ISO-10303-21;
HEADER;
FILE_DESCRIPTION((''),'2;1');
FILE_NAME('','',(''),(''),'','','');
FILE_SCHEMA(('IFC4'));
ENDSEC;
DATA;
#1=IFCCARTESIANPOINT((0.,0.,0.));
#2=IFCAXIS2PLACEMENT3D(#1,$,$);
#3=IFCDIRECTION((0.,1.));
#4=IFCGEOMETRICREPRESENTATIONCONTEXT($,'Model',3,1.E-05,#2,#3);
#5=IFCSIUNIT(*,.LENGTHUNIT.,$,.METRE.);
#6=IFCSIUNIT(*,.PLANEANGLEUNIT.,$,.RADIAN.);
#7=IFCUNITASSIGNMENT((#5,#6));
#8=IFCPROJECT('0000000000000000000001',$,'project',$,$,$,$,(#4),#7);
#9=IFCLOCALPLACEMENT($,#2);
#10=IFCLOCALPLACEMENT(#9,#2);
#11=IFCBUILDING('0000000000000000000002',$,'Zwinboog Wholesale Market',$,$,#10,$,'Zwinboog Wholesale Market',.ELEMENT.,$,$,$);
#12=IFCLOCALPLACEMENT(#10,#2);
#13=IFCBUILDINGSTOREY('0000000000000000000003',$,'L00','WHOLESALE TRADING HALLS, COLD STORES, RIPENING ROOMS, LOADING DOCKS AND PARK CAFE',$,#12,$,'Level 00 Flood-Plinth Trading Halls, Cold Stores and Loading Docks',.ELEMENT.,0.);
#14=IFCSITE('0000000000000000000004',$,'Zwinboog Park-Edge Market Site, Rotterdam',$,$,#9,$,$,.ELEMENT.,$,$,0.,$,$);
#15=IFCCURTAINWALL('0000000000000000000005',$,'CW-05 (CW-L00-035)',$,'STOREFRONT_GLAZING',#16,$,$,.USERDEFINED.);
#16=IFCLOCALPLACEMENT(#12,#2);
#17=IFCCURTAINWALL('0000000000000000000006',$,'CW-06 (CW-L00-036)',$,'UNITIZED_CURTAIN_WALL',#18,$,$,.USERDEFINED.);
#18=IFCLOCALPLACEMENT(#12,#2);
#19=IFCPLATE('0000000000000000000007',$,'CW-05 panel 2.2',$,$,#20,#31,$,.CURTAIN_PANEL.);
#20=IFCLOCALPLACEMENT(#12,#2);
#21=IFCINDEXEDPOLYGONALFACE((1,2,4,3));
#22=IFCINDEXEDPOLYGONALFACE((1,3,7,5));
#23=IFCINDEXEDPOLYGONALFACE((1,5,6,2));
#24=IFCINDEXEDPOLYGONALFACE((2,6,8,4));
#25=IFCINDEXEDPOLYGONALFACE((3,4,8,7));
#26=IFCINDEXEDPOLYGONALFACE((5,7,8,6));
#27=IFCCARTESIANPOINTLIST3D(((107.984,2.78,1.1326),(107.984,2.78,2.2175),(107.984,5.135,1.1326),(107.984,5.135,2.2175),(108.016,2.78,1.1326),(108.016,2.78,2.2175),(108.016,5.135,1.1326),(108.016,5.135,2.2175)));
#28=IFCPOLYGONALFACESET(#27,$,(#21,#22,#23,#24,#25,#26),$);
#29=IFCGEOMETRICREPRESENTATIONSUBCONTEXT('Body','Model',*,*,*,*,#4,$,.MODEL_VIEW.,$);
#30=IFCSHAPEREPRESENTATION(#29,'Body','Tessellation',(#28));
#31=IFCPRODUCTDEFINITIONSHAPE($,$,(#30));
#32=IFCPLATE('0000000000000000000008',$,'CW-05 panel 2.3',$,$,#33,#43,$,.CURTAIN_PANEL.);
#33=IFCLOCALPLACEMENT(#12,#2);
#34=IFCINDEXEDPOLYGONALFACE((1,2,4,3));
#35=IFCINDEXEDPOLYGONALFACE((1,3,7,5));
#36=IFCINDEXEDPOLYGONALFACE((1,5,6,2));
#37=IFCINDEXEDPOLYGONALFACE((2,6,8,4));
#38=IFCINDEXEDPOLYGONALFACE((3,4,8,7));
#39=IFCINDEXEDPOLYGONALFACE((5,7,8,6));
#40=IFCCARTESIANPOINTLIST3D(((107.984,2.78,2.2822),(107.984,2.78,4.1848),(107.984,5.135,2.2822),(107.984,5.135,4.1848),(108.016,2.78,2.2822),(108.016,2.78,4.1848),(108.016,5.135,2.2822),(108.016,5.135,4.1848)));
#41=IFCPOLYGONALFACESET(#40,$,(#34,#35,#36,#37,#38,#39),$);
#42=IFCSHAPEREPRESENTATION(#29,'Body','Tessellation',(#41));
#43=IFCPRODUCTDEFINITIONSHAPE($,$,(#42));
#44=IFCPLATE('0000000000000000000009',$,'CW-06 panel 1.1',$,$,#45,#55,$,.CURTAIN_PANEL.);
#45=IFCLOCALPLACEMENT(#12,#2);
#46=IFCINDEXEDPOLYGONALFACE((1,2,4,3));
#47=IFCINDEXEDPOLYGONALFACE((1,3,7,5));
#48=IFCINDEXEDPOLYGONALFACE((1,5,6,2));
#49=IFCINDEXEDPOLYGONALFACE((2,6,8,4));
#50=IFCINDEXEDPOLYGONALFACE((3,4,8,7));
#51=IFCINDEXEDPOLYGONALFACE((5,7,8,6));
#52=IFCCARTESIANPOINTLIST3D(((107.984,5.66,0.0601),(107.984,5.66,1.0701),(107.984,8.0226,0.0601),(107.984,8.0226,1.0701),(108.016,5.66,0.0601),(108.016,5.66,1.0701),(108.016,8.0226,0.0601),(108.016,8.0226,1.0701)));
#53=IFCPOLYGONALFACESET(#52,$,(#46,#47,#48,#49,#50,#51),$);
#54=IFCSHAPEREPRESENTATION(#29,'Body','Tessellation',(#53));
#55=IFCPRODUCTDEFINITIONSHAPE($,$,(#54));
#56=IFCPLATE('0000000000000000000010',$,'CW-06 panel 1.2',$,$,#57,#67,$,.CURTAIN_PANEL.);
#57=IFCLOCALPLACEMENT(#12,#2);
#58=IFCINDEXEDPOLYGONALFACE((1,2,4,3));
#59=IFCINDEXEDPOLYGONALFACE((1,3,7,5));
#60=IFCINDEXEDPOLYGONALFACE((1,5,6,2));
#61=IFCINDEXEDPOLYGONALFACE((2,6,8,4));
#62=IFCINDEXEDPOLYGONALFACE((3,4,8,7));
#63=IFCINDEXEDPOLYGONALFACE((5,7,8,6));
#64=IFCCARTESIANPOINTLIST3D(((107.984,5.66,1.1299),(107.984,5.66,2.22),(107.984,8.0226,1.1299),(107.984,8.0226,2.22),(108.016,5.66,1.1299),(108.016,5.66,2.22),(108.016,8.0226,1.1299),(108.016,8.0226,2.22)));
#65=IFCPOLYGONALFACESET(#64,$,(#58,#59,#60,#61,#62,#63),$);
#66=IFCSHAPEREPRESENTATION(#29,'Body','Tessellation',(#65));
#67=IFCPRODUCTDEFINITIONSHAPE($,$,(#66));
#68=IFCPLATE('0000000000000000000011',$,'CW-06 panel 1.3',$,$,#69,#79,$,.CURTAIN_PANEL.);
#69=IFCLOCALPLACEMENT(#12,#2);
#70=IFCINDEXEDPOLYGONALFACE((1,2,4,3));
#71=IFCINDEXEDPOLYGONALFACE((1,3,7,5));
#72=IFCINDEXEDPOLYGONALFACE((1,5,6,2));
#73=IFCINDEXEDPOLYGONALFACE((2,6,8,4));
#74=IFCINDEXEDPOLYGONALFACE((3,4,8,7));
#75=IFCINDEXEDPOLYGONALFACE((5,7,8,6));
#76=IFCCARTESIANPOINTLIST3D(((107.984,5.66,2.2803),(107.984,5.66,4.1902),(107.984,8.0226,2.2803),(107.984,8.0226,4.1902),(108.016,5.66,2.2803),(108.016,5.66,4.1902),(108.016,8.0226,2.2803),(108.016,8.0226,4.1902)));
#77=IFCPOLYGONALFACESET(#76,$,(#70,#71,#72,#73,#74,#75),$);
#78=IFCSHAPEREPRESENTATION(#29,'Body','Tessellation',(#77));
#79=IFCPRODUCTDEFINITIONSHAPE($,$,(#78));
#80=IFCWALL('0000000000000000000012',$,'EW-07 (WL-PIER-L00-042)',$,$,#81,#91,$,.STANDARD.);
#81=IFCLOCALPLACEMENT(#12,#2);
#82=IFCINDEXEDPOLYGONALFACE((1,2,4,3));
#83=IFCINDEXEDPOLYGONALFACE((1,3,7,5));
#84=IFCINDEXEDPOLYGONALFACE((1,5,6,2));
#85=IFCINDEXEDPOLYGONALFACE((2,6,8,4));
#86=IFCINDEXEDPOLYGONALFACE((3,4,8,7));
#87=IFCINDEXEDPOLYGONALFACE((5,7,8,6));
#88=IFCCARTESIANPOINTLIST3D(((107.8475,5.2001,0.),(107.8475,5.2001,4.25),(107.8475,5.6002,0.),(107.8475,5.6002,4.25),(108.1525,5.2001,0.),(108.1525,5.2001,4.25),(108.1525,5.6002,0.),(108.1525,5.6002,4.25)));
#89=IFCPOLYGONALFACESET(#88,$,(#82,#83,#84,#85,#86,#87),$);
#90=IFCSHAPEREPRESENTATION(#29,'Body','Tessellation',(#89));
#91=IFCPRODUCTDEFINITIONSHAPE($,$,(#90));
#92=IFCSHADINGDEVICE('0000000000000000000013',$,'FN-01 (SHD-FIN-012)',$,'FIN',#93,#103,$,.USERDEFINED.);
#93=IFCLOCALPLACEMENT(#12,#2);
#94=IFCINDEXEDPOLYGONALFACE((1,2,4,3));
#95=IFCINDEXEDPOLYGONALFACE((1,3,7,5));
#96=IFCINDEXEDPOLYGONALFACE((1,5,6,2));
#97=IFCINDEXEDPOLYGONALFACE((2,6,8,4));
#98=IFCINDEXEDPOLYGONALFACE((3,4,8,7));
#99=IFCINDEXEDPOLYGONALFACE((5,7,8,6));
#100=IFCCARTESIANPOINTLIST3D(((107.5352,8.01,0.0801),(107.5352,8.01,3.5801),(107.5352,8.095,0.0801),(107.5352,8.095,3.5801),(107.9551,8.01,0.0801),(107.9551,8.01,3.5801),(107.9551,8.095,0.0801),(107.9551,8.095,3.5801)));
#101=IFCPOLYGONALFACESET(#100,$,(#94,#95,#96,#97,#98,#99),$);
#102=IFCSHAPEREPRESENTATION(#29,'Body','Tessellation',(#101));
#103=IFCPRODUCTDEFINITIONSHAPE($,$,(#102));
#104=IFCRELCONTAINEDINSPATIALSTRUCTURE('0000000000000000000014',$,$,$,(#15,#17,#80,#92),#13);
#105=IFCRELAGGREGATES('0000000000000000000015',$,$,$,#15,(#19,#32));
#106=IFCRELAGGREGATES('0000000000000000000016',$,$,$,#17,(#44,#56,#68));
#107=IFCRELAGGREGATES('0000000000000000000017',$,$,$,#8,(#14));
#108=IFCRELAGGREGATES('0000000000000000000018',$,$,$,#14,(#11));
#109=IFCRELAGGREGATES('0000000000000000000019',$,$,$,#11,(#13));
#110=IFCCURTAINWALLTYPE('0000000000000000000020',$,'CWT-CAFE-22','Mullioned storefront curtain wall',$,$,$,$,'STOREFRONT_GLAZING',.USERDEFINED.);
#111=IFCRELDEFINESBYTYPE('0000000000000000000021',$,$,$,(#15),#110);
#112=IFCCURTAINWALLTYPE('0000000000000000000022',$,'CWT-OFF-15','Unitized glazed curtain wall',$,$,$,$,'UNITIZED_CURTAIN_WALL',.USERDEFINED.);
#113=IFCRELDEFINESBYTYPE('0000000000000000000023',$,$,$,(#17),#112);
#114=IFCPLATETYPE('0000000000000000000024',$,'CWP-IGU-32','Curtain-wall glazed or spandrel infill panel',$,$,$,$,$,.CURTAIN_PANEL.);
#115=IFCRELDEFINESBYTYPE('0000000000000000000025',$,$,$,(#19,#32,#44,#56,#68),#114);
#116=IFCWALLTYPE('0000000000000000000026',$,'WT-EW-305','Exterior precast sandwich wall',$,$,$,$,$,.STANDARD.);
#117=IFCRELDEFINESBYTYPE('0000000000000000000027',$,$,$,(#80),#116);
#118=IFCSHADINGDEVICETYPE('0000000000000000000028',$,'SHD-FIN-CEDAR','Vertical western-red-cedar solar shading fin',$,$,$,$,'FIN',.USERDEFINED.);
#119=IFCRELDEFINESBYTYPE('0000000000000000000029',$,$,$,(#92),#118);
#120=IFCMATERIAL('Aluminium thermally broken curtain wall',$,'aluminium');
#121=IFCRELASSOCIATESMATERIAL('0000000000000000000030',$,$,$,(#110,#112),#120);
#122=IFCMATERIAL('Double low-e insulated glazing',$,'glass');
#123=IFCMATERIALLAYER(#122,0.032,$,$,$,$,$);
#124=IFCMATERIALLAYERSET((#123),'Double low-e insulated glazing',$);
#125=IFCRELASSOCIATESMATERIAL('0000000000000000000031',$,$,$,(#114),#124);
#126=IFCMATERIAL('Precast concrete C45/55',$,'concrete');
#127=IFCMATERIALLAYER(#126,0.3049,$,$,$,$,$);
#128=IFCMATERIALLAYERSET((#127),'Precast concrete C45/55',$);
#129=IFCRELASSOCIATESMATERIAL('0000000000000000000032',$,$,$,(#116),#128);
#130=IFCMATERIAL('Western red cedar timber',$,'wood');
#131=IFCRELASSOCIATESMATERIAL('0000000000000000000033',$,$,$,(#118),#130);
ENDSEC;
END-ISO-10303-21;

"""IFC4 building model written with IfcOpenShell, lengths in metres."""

from ifc_helpers import new_model, si_unit, direction, frame, frame_2d, origin, origin_2d, place, context, subcontext, project, spatial, rectangle, extrude, material, layer, layer_set, type_object, element, aggregate, save


model = new_model("IFC4")

# Units and contexts
model_context = context("Model", 3, precision=1e-05, world=origin(), true_north=direction((0.0, 1.0)))
body_context = subcontext(model_context, "Body", "Model", "MODEL_VIEW")
ifc_project = project(units=[si_unit("LENGTHUNIT", "METRE"), si_unit("PLANEANGLEUNIT", "RADIAN")], contexts=[model_context])

# Site, building, storey
site_placement = place(None, origin())
site = spatial("IfcSite", under=ifc_project, at=site_placement, Name="Zwinboog Park-Edge Market Site, Rotterdam", CompositionType="ELEMENT", RefElevation=0.0)
building_placement = place(site_placement, origin())
building = spatial("IfcBuilding", under=site, at=building_placement, Name="Zwinboog Wholesale Market", LongName="Zwinboog Wholesale Market", CompositionType="ELEMENT")
storey_placement = place(building_placement, origin())
storey = spatial("IfcBuildingStorey", under=building, at=storey_placement, Name="L00", Description="WHOLESALE TRADING HALLS, COLD STORES, RIPENING ROOMS, LOADING DOCKS AND PARK CAFE", LongName="Level 00 Flood-Plinth Trading Halls, Cold Stores and Loading Docks", CompositionType="ELEMENT", Elevation=0.0)

# Curtain wall
ifc_material_1 = material(Name="Aluminium thermally broken curtain wall", Category="aluminium")
curtain_wall_type_1 = type_object("IfcCurtainWallType", Name="CWT-CAFE-22", Description="Mullioned storefront curtain wall", ElementType="STOREFRONT_GLAZING", PredefinedType="USERDEFINED", material=ifc_material_1)
curtain_wall_1_placement = place(storey_placement, origin())
curtain_wall_1 = element("IfcCurtainWall", 1, at=curtain_wall_1_placement, inside=storey, type_object=curtain_wall_type_1, Name="CW-05 (CW-L00-035)", ObjectType="STOREFRONT_GLAZING", PredefinedType="USERDEFINED")

# Curtain wall
curtain_wall_type_2 = type_object("IfcCurtainWallType", Name="CWT-OFF-15", Description="Unitized glazed curtain wall", ElementType="UNITIZED_CURTAIN_WALL", PredefinedType="USERDEFINED", material=ifc_material_1)
curtain_wall_2_placement = place(storey_placement, origin())
curtain_wall_2 = element("IfcCurtainWall", 2, at=curtain_wall_2_placement, inside=storey, type_object=curtain_wall_type_2, Name="CW-06 (CW-L00-036)", ObjectType="UNITIZED_CURTAIN_WALL", PredefinedType="USERDEFINED")

# Plates
ifc_material_2 = material(Name="Double low-e insulated glazing", Category="glass")
ifc_layer_1 = layer(ifc_material_2, 0.032)
ifc_layer_set_1 = layer_set([ifc_layer_1], Name="Double low-e insulated glazing")
plate_type = type_object("IfcPlateType", Name="CWP-IGU-32", Description="Curtain-wall glazed or spandrel infill panel", PredefinedType="CURTAIN_PANEL", material=ifc_layer_set_1)
plate_1_placement = place(storey_placement, frame((108.0, 3.9575, 1.1326), z_axis=(0.0, 0.0, 1.0), x_axis=(0.0, 1.0, 0.0)))
plate_1 = element("IfcPlate", 3, at=plate_1_placement, type_object=plate_type, Name="CW-05 panel 2.2", PredefinedType="CURTAIN_PANEL", context=body_context, shape_type="SweptSolid", body=[
    extrude(rectangle(XDim=2.355, YDim=0.032, at=origin_2d()), origin(), (0.0, 0.0, 1.0), 1.085),
])
plate_2_placement = place(storey_placement, frame((108.0, 3.9575, 2.2822), z_axis=(0.0, 0.0, 1.0), x_axis=(0.0, 1.0, 0.0)))
plate_2 = element("IfcPlate", 4, at=plate_2_placement, type_object=plate_type, Name="CW-05 panel 2.3", PredefinedType="CURTAIN_PANEL", context=body_context, shape_type="SweptSolid", body=[
    extrude(rectangle(XDim=2.355, YDim=0.032, at=origin_2d()), origin(), (0.0, 0.0, 1.0), 1.9026),
])
aggregate(curtain_wall_1, [plate_1, plate_2])
plate_3_placement = place(storey_placement, frame((108.0, 6.8413, 0.0601), z_axis=(0.0, 0.0, 1.0), x_axis=(0.0, 1.0, 0.0)))
plate_3 = element("IfcPlate", 5, at=plate_3_placement, type_object=plate_type, Name="CW-06 panel 1.1", PredefinedType="CURTAIN_PANEL", context=body_context, shape_type="SweptSolid", body=[
    extrude(rectangle(XDim=2.3625, YDim=0.032, at=origin_2d()), origin(), (0.0, 0.0, 1.0), 1.01),
])
plate_4_placement = place(storey_placement, frame((108.0, 6.8413, 1.1299), z_axis=(0.0, 0.0, 1.0), x_axis=(0.0, 1.0, 0.0)))
plate_4 = element("IfcPlate", 6, at=plate_4_placement, type_object=plate_type, Name="CW-06 panel 1.2", PredefinedType="CURTAIN_PANEL", context=body_context, shape_type="SweptSolid", body=[
    extrude(rectangle(XDim=2.3625, YDim=0.032, at=origin_2d()), origin(), (0.0, 0.0, 1.0), 1.0901),
])
plate_5_placement = place(storey_placement, frame((108.0, 6.8413, 2.2803), z_axis=(0.0, 0.0, 1.0), x_axis=(0.0, 1.0, 0.0)))
plate_5 = element("IfcPlate", 7, at=plate_5_placement, type_object=plate_type, Name="CW-06 panel 1.3", PredefinedType="CURTAIN_PANEL", context=body_context, shape_type="SweptSolid", body=[
    extrude(rectangle(XDim=2.3625, YDim=0.032, at=origin_2d()), origin(), (0.0, 0.0, 1.0), 1.9099),
])
aggregate(curtain_wall_2, [plate_3, plate_4, plate_5])

# Wall
ifc_material_3 = material(Name="Precast concrete C45/55", Category="concrete")
ifc_layer_2 = layer(ifc_material_3, 0.3049)
ifc_layer_set_2 = layer_set([ifc_layer_2], Name="Precast concrete C45/55")
wall_type = type_object("IfcWallType", Name="WT-EW-305", Description="Exterior precast sandwich wall", PredefinedType="STANDARD", material=ifc_layer_set_2)
wall_placement = place(storey_placement, frame((108.0, 5.2, 0.0), z_axis=(0.0, 0.0, 1.0), x_axis=(0.0, 1.0, 0.0)))
element("IfcWall", 8, at=wall_placement, inside=storey, type_object=wall_type, Name="EW-07 (WL-PIER-L00-042)", PredefinedType="STANDARD", context=body_context, shape_type="SweptSolid", body=[
    extrude(rectangle(XDim=0.4001, YDim=0.3049, at=frame_2d((0.2002, 0.0))), origin(), (0.0, 0.0, 1.0), 4.25),
])

# Shading device
ifc_material_4 = material(Name="Western red cedar timber", Category="wood")
shading_device_type = type_object("IfcShadingDeviceType", Name="SHD-FIN-CEDAR", Description="Vertical western-red-cedar solar shading fin", ElementType="FIN", PredefinedType="USERDEFINED", material=ifc_material_4)
shading_device_placement = place(storey_placement, frame((107.7451, 8.0525, 0.0801), z_axis=(0.0, 0.0, 1.0), x_axis=(1.0, 0.0, 0.0)))
element("IfcShadingDevice", 9, at=shading_device_placement, inside=storey, type_object=shading_device_type, Name="FN-01 (SHD-FIN-012)", ObjectType="FIN", PredefinedType="USERDEFINED", context=body_context, shape_type="SweptSolid", body=[
    extrude(rectangle(XDim=0.4199, YDim=0.085, at=origin_2d()), origin(), (0.0, 0.0, 1.0), 3.5),
])

save(model, "model.ifc")
